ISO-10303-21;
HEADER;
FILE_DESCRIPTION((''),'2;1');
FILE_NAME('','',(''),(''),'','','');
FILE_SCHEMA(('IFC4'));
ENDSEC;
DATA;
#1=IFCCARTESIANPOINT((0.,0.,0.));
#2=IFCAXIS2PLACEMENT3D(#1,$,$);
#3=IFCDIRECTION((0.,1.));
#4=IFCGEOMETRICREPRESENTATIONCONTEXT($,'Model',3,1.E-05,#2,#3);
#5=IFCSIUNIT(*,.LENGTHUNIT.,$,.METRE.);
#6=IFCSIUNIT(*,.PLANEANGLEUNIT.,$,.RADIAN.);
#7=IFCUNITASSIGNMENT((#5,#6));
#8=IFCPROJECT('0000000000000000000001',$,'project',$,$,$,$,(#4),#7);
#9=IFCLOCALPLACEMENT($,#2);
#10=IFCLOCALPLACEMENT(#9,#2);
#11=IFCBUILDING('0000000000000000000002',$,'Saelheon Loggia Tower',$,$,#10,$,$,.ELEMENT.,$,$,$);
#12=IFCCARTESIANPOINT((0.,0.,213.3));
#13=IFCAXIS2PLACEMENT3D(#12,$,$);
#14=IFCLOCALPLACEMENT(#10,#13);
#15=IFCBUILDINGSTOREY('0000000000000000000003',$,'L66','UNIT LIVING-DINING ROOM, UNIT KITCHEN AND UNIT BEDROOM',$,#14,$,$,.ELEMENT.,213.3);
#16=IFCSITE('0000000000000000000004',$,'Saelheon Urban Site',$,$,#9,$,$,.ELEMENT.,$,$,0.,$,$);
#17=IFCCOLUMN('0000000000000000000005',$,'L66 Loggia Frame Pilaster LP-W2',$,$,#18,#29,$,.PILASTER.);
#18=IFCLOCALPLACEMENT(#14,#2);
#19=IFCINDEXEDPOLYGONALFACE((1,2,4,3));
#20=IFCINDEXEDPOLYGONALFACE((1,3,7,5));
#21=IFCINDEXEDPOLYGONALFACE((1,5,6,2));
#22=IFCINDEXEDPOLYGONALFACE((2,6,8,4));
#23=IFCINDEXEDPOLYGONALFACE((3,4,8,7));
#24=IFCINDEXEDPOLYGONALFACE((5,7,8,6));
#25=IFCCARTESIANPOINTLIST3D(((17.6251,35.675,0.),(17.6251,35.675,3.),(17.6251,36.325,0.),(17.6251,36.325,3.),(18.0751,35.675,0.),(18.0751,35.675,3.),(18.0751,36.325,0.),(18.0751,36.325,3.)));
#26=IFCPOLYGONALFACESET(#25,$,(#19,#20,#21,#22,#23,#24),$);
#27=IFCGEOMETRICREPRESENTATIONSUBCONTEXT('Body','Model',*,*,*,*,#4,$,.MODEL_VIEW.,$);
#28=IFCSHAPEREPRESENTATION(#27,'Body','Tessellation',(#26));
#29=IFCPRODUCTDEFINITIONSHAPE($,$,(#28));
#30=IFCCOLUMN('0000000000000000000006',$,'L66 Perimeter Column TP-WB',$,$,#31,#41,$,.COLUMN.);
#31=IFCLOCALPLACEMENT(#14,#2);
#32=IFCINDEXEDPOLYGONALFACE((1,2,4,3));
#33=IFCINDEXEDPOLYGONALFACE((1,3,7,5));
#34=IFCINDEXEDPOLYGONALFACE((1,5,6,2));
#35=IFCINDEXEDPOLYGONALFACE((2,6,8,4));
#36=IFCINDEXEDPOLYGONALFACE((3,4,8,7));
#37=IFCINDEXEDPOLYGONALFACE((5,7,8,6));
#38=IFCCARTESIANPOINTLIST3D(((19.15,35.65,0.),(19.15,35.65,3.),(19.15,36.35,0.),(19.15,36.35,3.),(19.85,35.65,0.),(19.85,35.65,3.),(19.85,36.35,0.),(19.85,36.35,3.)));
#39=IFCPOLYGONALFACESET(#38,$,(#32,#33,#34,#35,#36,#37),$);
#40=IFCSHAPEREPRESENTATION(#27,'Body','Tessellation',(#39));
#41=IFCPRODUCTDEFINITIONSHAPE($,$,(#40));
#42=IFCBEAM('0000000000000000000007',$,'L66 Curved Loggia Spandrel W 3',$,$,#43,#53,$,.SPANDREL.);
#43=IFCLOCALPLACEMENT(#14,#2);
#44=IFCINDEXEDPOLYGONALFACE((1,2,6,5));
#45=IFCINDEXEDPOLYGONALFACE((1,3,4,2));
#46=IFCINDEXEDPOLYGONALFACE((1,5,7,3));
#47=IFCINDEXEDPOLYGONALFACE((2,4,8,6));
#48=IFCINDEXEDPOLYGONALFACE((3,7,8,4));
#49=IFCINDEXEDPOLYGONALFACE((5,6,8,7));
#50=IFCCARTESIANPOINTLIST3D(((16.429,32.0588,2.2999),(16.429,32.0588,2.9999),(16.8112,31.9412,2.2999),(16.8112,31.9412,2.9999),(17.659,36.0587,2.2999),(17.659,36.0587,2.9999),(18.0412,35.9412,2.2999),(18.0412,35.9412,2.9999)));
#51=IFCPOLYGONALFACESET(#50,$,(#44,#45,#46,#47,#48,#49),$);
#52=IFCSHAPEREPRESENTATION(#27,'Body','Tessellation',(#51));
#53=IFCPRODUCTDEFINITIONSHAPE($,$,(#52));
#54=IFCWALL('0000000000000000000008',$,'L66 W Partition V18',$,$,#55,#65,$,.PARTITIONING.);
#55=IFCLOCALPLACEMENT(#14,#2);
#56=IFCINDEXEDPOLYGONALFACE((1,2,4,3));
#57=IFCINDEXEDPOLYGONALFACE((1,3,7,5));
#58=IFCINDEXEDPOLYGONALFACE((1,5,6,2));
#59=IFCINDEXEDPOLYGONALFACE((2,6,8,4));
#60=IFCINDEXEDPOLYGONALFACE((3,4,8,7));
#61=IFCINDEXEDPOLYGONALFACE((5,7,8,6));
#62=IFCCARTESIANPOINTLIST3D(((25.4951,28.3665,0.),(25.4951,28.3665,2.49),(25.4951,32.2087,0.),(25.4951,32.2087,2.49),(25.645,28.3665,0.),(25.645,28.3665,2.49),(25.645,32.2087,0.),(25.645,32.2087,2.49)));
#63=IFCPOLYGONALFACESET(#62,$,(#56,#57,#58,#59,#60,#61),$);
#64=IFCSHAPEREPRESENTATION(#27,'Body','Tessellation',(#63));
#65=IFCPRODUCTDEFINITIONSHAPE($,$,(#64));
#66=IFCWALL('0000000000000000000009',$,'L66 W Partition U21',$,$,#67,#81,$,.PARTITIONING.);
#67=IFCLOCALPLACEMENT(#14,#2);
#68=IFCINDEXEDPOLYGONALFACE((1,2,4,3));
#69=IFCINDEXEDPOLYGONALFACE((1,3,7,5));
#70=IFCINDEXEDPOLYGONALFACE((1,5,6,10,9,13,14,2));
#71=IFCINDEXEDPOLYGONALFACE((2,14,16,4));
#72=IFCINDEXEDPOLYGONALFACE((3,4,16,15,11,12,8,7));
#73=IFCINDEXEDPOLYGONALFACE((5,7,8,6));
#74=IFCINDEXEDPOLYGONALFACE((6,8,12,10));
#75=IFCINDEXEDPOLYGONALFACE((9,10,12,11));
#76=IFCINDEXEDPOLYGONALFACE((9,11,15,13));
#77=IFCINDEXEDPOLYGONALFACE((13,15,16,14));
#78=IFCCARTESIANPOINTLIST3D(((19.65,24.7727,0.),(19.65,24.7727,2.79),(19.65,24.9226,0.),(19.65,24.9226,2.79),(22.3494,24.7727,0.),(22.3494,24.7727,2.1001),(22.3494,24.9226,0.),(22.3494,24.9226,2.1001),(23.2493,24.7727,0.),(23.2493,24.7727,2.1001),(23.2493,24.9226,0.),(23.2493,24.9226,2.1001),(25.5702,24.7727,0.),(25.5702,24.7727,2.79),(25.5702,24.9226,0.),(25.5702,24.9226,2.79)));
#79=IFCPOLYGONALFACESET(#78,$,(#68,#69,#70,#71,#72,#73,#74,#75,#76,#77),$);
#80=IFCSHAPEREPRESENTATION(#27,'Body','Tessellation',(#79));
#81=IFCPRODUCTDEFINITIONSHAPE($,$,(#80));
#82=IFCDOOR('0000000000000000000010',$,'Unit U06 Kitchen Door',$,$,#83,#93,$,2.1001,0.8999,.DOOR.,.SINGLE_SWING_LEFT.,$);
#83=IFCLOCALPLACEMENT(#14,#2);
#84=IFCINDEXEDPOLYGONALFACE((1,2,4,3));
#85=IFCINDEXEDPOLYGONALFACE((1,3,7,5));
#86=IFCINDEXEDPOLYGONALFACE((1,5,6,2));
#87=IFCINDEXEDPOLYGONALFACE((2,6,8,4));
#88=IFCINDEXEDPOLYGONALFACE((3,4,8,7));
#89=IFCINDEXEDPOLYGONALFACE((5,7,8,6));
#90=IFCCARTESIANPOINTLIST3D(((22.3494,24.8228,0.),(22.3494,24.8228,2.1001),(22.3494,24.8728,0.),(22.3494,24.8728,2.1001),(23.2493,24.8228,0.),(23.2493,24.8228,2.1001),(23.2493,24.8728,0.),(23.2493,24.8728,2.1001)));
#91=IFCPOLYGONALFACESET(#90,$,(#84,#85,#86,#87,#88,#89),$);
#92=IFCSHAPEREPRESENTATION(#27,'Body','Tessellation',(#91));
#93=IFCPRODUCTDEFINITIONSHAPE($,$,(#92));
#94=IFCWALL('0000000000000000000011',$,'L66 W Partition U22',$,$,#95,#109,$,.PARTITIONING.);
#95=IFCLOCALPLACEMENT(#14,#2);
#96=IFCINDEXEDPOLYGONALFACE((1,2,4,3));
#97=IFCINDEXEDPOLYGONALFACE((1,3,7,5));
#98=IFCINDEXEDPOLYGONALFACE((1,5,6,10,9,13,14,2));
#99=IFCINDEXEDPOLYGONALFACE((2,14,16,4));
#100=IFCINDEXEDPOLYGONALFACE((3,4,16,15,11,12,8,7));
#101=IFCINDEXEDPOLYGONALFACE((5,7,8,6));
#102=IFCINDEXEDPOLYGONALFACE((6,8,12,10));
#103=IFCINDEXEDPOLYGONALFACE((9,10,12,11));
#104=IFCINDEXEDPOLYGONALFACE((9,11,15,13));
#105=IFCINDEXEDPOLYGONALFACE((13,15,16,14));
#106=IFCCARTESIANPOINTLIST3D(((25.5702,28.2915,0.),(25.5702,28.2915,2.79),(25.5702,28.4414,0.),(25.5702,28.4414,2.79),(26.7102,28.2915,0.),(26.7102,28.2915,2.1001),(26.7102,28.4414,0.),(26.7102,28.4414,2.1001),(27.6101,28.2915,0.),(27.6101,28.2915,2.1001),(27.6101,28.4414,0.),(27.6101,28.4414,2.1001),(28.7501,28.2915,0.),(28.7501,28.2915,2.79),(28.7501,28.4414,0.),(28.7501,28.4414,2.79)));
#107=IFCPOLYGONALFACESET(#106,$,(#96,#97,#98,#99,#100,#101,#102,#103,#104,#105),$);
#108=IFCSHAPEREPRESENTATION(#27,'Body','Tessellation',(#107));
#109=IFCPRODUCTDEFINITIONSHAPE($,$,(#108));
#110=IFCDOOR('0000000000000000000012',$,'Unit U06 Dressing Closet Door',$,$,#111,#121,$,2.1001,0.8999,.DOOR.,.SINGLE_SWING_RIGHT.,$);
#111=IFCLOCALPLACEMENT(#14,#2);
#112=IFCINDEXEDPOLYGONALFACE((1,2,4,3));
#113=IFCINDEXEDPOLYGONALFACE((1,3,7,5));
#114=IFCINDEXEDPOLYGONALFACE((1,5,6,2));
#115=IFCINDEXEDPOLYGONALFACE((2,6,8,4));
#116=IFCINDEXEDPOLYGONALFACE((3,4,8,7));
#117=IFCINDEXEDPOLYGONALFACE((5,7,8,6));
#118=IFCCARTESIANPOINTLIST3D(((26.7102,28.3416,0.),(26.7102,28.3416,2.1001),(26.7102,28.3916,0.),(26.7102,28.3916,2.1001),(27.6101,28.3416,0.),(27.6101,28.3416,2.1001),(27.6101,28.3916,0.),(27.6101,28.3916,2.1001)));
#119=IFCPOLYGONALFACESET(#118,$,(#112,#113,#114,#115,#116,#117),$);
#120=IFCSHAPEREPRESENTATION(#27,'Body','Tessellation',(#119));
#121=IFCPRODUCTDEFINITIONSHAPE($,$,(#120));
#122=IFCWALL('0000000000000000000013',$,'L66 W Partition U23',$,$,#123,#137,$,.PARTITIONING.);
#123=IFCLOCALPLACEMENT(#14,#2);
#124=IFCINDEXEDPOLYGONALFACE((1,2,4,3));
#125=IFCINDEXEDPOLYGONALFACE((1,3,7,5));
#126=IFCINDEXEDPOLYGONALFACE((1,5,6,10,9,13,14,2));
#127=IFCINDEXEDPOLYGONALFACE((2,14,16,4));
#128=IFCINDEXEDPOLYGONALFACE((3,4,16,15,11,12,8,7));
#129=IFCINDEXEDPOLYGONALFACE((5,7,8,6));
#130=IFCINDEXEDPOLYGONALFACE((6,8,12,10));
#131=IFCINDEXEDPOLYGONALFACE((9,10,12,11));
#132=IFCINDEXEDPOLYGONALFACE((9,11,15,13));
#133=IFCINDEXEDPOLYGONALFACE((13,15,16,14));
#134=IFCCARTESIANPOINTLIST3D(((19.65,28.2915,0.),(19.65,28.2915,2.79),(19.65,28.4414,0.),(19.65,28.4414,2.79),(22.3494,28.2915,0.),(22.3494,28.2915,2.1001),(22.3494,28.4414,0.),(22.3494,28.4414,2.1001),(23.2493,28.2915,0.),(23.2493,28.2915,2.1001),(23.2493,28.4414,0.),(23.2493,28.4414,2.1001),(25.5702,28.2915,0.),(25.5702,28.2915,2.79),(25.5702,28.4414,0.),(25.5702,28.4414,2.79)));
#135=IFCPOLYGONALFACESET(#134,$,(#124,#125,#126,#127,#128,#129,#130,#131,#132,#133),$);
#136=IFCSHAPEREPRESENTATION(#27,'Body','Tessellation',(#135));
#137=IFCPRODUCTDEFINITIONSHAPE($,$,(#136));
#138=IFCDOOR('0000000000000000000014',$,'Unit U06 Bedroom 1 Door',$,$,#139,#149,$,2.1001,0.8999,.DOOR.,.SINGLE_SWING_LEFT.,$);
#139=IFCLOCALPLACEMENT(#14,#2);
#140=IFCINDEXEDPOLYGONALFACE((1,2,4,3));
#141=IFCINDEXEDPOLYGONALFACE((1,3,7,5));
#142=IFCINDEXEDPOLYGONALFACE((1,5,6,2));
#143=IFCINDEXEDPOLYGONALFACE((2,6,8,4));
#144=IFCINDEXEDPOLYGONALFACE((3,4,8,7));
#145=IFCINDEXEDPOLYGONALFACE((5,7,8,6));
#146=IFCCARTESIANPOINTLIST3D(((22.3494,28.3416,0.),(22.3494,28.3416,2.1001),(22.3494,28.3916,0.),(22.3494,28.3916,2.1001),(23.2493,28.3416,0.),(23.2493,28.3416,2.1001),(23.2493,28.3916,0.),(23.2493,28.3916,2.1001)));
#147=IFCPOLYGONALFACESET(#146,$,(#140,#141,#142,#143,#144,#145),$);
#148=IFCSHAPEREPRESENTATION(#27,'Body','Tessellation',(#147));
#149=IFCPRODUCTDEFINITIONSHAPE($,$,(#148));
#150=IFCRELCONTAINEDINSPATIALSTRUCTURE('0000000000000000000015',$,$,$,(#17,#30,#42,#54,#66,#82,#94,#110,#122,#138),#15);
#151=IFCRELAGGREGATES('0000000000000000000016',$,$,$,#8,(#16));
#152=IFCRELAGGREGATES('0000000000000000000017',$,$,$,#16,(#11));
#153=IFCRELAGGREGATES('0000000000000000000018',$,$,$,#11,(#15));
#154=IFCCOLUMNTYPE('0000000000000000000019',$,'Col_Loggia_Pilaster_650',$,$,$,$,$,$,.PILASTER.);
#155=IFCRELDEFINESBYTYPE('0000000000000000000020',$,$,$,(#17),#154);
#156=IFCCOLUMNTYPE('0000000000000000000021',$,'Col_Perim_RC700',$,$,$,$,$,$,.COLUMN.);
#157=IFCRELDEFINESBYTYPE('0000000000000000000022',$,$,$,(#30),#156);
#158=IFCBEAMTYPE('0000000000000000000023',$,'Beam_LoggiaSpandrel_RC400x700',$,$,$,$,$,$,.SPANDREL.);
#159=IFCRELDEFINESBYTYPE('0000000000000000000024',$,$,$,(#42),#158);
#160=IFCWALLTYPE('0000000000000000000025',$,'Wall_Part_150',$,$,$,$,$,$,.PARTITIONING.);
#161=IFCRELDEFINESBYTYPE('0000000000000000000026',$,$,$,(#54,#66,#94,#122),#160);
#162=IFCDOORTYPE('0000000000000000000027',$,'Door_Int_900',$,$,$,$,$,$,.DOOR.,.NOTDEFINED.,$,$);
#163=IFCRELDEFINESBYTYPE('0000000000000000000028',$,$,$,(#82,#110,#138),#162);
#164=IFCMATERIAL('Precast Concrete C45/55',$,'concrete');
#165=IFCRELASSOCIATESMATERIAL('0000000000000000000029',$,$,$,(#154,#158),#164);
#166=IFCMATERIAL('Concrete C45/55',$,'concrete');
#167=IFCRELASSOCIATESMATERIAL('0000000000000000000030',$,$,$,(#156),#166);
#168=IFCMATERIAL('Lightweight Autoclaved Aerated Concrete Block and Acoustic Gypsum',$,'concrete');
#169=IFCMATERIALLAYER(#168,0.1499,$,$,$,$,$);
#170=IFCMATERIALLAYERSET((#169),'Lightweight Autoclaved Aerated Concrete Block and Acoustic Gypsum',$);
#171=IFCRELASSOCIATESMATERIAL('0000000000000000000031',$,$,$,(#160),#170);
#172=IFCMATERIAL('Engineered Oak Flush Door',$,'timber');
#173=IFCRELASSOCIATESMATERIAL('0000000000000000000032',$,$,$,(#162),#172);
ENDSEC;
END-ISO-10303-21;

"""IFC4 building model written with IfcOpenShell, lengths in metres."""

from ifc_helpers import new_model, si_unit, direction, frame, frame_2d, origin, origin_2d, place, context, subcontext, project, spatial, rectangle, extrude, source, transform, mapped, material, layer, layer_set, material_profile, profile_set, type_object, element, fill, save


model = new_model("IFC4")

# Units and contexts
model_context = context("Model", 3, precision=1e-05, world=origin(), true_north=direction((0.0, 1.0)))
body_context = subcontext(model_context, "Body", "Model", "MODEL_VIEW")
ifc_project = project(units=[si_unit("LENGTHUNIT", "METRE"), si_unit("PLANEANGLEUNIT", "RADIAN")], contexts=[model_context])

# Site, building, storey
site_placement = place(None, origin())
site = spatial("IfcSite", under=ifc_project, at=site_placement, Name="Saelheon Urban Site", CompositionType="ELEMENT", RefElevation=0.0)
building_placement = place(site_placement, origin())
building = spatial("IfcBuilding", under=site, at=building_placement, Name="Saelheon Loggia Tower", CompositionType="ELEMENT")
storey_placement = place(building_placement, frame((0.0, 0.0, 213.3)))
storey = spatial("IfcBuildingStorey", under=building, at=storey_placement, Name="L66", Description="UNIT LIVING-DINING ROOM, UNIT KITCHEN AND UNIT BEDROOM", CompositionType="ELEMENT", Elevation=213.3)

# Columns
ifc_material_1 = material(Name="Precast Concrete C45/55", Category="concrete")
ifc_material_profile_1 = material_profile(ifc_material_1, rectangle(XDim=0.45, YDim=0.6499, at=origin_2d()), Name="RC-450x650")
ifc_profile_set_1 = profile_set([ifc_material_profile_1], Name="Precast Concrete C45/55")
column_type_1 = type_object("IfcColumnType", Name="Col_Loggia_Pilaster_650", PredefinedType="PILASTER", material=ifc_profile_set_1)
shared_shape_1 = source(origin(), body_context, "Body", "SweptSolid", [
    extrude(rectangle(XDim=0.45, YDim=0.6499, at=origin_2d()), origin(), (0.0, 0.0, 1.0), 3.0),
])
column_1_placement = place(storey_placement, frame((17.8501, 36.0, 0.0), z_axis=(0.0, 0.0, 1.0), x_axis=(1.0, 0.0, 0.0)))
element("IfcColumn", 1, at=column_1_placement, inside=storey, type_object=column_type_1, Name="L66 Loggia Frame Pilaster LP-W2", PredefinedType="PILASTER", context=body_context, shape_type="MappedRepresentation", body=[
    mapped(shared_shape_1, transform((0.0, 0.0, 0.0), scale=1.0)),
])
ifc_material_2 = material(Name="Concrete C45/55", Category="concrete")
ifc_material_profile_2 = material_profile(ifc_material_2, rectangle(XDim=0.7, YDim=0.7, at=origin_2d()), Name="RC-700x700")
ifc_profile_set_2 = profile_set([ifc_material_profile_2], Name="Concrete C45/55")
column_type_2 = type_object("IfcColumnType", Name="Col_Perim_RC700", PredefinedType="COLUMN", material=ifc_profile_set_2)
shared_shape_2 = source(origin(), body_context, "Body", "SweptSolid", [
    extrude(rectangle(XDim=0.7, YDim=0.7, at=origin_2d()), origin(), (0.0, 0.0, 1.0), 3.0),
])
column_2_placement = place(storey_placement, frame((19.5, 36.0, 0.0), z_axis=(0.0, 0.0, 1.0), x_axis=(1.0, 0.0, 0.0)))
element("IfcColumn", 2, at=column_2_placement, inside=storey, type_object=column_type_2, Name="L66 Perimeter Column TP-WB", PredefinedType="COLUMN", context=body_context, shape_type="MappedRepresentation", body=[
    mapped(shared_shape_2, transform((0.0, 0.0, 0.0), scale=1.0)),
])

# Beam
ifc_material_profile_3 = material_profile(ifc_material_1, rectangle(XDim=0.3999, YDim=0.7, at=origin_2d()), Name="RC-400x700")
ifc_profile_set_3 = profile_set([ifc_material_profile_3], Name="Precast Concrete C45/55")
beam_type = type_object("IfcBeamType", Name="Beam_LoggiaSpandrel_RC400x700", PredefinedType="SPANDREL", material=ifc_profile_set_3)
shared_shape_3 = source(origin(), body_context, "Body", "SweptSolid", [
    extrude(rectangle(XDim=0.3999, YDim=0.7, at=origin_2d()), origin(), (0.0, 0.0, 1.0), 4.1848),
])
beam_placement = place(storey_placement, frame((16.6201, 32.0, 2.6499), z_axis=(0.293914, 0.955832, 0.0), x_axis=(-0.955832, 0.293914, 0.0)))
element("IfcBeam", 3, at=beam_placement, inside=storey, type_object=beam_type, Name="L66 Curved Loggia Spandrel W 3", PredefinedType="SPANDREL", context=body_context, shape_type="MappedRepresentation", body=[
    mapped(shared_shape_3, transform((0.0, 0.0, 0.0), scale=1.0)),
])

# Wall
ifc_material_3 = material(Name="Lightweight Autoclaved Aerated Concrete Block and Acoustic Gypsum", Category="concrete")
ifc_layer_1 = layer(ifc_material_3, 0.1499)
ifc_layer_set_1 = layer_set([ifc_layer_1], Name="Lightweight Autoclaved Aerated Concrete Block and Acoustic Gypsum")
wall_type_1 = type_object("IfcWallType", Name="Wall_Part_150", PredefinedType="PARTITIONING", material=ifc_layer_set_1)
wall_1_placement = place(storey_placement, frame((25.5701, 28.3665, 0.0), z_axis=(0.0, 0.0, 1.0), x_axis=(0.0, 1.0, 0.0)))
element("IfcWall", 4, at=wall_1_placement, inside=storey, type_object=wall_type_1, Name="L66 W Partition V18", PredefinedType="PARTITIONING", context=body_context, shape_type="SweptSolid", body=[
    extrude(rectangle(XDim=3.8423, YDim=0.1499, at=frame_2d((1.9211, 0.0))), origin(), (0.0, 0.0, 1.0), 2.49),
])

# Walls, openings, doors
wall_2_placement = place(storey_placement, frame((25.5701, 24.8477, 0.0), z_axis=(0.0, 0.0, 1.0), x_axis=(-1.0, 0.0, 0.0)))
wall_2 = element("IfcWall", 5, at=wall_2_placement, inside=storey, type_object=wall_type_1, Name="L66 W Partition U21", PredefinedType="PARTITIONING", context=body_context, shape_type="SweptSolid", body=[
    extrude(rectangle(XDim=5.9202, YDim=0.1499, at=frame_2d((2.96, 0.0))), origin(), (0.0, 0.0, 1.0), 2.79),
])
opening_1_placement = place(wall_2_placement, frame((2.3208, 0.0, 0.0)))
opening_1 = element("IfcOpeningElement", 6, at=opening_1_placement, cuts=wall_2, PredefinedType="OPENING", context=body_context, shape_type="SweptSolid", body=[
    extrude(rectangle(XDim=0.8999, YDim=2.1001, at=frame_2d((0.45, 1.05))), frame((0.0, 0.0869, 0.0), z_axis=(0.0, -1.0, 0.0), x_axis=(1.0, 0.0, 0.0)), (0.0, 0.0, 1.0), 0.1738),
])
ifc_material_4 = material(Name="Engineered Oak Flush Door", Category="timber")
door_type_1 = type_object("IfcDoorType", Name="Door_Int_900", OperationType="NOTDEFINED", PredefinedType="DOOR", material=ifc_material_4)
shared_shape_4 = source(origin(), body_context, "Body", "SweptSolid", [
    extrude(rectangle(XDim=0.8999, YDim=2.1001, at=frame_2d((0.45, 1.05))), frame((0.0, 0.0249, 0.0), z_axis=(0.0, -1.0, 0.0), x_axis=(1.0, 0.0, 0.0)), (0.0, 0.0, 1.0), 0.05),
])
door_1_placement = place(opening_1_placement, origin())
door_1 = element("IfcDoor", 7, at=door_1_placement, inside=storey, type_object=door_type_1, Name="Unit U06 Kitchen Door", OperationType="SINGLE_SWING_LEFT", OverallHeight=2.1001, OverallWidth=0.8999, PredefinedType="DOOR", context=body_context, shape_type="MappedRepresentation", body=[
    mapped(shared_shape_4, transform((0.0, 0.0, 0.0), scale=1.0)),
])
fill(opening_1, door_1)
wall_3_placement = place(storey_placement, frame((28.75, 28.3665, 0.0), z_axis=(0.0, 0.0, 1.0), x_axis=(-1.0, 0.0, 0.0)))
wall_3 = element("IfcWall", 8, at=wall_3_placement, inside=storey, type_object=wall_type_1, Name="L66 W Partition U22", PredefinedType="PARTITIONING", context=body_context, shape_type="SweptSolid", body=[
    extrude(rectangle(XDim=3.1799, YDim=0.1499, at=frame_2d((1.5898, 0.0))), origin(), (0.0, 0.0, 1.0), 2.79),
])
opening_2_placement = place(wall_3_placement, frame((1.1399, 0.0, 0.0)))
opening_2 = element("IfcOpeningElement", 9, at=opening_2_placement, cuts=wall_3, PredefinedType="OPENING", context=body_context, shape_type="SweptSolid", body=[
    extrude(rectangle(XDim=0.8999, YDim=2.1001, at=frame_2d((0.45, 1.05))), frame((0.0, 0.0869, 0.0), z_axis=(0.0, -1.0, 0.0), x_axis=(1.0, 0.0, 0.0)), (0.0, 0.0, 1.0), 0.1738),
])
door_2_placement = place(opening_2_placement, origin())
door_2 = element("IfcDoor", 10, at=door_2_placement, inside=storey, type_object=door_type_1, Name="Unit U06 Dressing Closet Door", OperationType="SINGLE_SWING_RIGHT", OverallHeight=2.1001, OverallWidth=0.8999, PredefinedType="DOOR", context=body_context, shape_type="MappedRepresentation", body=[
    mapped(shared_shape_4, transform((0.0, 0.0, 0.0), scale=1.0)),
])
fill(opening_2, door_2)
wall_4_placement = place(storey_placement, frame((25.5701, 28.3665, 0.0), z_axis=(0.0, 0.0, 1.0), x_axis=(-1.0, 0.0, 0.0)))
wall_4 = element("IfcWall", 11, at=wall_4_placement, inside=storey, type_object=wall_type_1, Name="L66 W Partition U23", PredefinedType="PARTITIONING", context=body_context, shape_type="SweptSolid", body=[
    extrude(rectangle(XDim=5.9202, YDim=0.1499, at=frame_2d((2.96, 0.0))), origin(), (0.0, 0.0, 1.0), 2.79),
])
opening_3_placement = place(wall_4_placement, frame((2.3208, 0.0, 0.0)))
opening_3 = element("IfcOpeningElement", 12, at=opening_3_placement, cuts=wall_4, PredefinedType="OPENING", context=body_context, shape_type="SweptSolid", body=[
    extrude(rectangle(XDim=0.8999, YDim=2.1001, at=frame_2d((0.45, 1.05))), frame((0.0, 0.0869, 0.0), z_axis=(0.0, -1.0, 0.0), x_axis=(1.0, 0.0, 0.0)), (0.0, 0.0, 1.0), 0.1738),
])
door_3_placement = place(opening_3_placement, origin())
door_3 = element("IfcDoor", 13, at=door_3_placement, inside=storey, type_object=door_type_1, Name="Unit U06 Bedroom 1 Door", OperationType="SINGLE_SWING_LEFT", OverallHeight=2.1001, OverallWidth=0.8999, PredefinedType="DOOR", context=body_context, shape_type="MappedRepresentation", body=[
    mapped(shared_shape_4, transform((0.0, 0.0, 0.0), scale=1.0)),
])
fill(opening_3, door_3)

save(model, "model.ifc")
